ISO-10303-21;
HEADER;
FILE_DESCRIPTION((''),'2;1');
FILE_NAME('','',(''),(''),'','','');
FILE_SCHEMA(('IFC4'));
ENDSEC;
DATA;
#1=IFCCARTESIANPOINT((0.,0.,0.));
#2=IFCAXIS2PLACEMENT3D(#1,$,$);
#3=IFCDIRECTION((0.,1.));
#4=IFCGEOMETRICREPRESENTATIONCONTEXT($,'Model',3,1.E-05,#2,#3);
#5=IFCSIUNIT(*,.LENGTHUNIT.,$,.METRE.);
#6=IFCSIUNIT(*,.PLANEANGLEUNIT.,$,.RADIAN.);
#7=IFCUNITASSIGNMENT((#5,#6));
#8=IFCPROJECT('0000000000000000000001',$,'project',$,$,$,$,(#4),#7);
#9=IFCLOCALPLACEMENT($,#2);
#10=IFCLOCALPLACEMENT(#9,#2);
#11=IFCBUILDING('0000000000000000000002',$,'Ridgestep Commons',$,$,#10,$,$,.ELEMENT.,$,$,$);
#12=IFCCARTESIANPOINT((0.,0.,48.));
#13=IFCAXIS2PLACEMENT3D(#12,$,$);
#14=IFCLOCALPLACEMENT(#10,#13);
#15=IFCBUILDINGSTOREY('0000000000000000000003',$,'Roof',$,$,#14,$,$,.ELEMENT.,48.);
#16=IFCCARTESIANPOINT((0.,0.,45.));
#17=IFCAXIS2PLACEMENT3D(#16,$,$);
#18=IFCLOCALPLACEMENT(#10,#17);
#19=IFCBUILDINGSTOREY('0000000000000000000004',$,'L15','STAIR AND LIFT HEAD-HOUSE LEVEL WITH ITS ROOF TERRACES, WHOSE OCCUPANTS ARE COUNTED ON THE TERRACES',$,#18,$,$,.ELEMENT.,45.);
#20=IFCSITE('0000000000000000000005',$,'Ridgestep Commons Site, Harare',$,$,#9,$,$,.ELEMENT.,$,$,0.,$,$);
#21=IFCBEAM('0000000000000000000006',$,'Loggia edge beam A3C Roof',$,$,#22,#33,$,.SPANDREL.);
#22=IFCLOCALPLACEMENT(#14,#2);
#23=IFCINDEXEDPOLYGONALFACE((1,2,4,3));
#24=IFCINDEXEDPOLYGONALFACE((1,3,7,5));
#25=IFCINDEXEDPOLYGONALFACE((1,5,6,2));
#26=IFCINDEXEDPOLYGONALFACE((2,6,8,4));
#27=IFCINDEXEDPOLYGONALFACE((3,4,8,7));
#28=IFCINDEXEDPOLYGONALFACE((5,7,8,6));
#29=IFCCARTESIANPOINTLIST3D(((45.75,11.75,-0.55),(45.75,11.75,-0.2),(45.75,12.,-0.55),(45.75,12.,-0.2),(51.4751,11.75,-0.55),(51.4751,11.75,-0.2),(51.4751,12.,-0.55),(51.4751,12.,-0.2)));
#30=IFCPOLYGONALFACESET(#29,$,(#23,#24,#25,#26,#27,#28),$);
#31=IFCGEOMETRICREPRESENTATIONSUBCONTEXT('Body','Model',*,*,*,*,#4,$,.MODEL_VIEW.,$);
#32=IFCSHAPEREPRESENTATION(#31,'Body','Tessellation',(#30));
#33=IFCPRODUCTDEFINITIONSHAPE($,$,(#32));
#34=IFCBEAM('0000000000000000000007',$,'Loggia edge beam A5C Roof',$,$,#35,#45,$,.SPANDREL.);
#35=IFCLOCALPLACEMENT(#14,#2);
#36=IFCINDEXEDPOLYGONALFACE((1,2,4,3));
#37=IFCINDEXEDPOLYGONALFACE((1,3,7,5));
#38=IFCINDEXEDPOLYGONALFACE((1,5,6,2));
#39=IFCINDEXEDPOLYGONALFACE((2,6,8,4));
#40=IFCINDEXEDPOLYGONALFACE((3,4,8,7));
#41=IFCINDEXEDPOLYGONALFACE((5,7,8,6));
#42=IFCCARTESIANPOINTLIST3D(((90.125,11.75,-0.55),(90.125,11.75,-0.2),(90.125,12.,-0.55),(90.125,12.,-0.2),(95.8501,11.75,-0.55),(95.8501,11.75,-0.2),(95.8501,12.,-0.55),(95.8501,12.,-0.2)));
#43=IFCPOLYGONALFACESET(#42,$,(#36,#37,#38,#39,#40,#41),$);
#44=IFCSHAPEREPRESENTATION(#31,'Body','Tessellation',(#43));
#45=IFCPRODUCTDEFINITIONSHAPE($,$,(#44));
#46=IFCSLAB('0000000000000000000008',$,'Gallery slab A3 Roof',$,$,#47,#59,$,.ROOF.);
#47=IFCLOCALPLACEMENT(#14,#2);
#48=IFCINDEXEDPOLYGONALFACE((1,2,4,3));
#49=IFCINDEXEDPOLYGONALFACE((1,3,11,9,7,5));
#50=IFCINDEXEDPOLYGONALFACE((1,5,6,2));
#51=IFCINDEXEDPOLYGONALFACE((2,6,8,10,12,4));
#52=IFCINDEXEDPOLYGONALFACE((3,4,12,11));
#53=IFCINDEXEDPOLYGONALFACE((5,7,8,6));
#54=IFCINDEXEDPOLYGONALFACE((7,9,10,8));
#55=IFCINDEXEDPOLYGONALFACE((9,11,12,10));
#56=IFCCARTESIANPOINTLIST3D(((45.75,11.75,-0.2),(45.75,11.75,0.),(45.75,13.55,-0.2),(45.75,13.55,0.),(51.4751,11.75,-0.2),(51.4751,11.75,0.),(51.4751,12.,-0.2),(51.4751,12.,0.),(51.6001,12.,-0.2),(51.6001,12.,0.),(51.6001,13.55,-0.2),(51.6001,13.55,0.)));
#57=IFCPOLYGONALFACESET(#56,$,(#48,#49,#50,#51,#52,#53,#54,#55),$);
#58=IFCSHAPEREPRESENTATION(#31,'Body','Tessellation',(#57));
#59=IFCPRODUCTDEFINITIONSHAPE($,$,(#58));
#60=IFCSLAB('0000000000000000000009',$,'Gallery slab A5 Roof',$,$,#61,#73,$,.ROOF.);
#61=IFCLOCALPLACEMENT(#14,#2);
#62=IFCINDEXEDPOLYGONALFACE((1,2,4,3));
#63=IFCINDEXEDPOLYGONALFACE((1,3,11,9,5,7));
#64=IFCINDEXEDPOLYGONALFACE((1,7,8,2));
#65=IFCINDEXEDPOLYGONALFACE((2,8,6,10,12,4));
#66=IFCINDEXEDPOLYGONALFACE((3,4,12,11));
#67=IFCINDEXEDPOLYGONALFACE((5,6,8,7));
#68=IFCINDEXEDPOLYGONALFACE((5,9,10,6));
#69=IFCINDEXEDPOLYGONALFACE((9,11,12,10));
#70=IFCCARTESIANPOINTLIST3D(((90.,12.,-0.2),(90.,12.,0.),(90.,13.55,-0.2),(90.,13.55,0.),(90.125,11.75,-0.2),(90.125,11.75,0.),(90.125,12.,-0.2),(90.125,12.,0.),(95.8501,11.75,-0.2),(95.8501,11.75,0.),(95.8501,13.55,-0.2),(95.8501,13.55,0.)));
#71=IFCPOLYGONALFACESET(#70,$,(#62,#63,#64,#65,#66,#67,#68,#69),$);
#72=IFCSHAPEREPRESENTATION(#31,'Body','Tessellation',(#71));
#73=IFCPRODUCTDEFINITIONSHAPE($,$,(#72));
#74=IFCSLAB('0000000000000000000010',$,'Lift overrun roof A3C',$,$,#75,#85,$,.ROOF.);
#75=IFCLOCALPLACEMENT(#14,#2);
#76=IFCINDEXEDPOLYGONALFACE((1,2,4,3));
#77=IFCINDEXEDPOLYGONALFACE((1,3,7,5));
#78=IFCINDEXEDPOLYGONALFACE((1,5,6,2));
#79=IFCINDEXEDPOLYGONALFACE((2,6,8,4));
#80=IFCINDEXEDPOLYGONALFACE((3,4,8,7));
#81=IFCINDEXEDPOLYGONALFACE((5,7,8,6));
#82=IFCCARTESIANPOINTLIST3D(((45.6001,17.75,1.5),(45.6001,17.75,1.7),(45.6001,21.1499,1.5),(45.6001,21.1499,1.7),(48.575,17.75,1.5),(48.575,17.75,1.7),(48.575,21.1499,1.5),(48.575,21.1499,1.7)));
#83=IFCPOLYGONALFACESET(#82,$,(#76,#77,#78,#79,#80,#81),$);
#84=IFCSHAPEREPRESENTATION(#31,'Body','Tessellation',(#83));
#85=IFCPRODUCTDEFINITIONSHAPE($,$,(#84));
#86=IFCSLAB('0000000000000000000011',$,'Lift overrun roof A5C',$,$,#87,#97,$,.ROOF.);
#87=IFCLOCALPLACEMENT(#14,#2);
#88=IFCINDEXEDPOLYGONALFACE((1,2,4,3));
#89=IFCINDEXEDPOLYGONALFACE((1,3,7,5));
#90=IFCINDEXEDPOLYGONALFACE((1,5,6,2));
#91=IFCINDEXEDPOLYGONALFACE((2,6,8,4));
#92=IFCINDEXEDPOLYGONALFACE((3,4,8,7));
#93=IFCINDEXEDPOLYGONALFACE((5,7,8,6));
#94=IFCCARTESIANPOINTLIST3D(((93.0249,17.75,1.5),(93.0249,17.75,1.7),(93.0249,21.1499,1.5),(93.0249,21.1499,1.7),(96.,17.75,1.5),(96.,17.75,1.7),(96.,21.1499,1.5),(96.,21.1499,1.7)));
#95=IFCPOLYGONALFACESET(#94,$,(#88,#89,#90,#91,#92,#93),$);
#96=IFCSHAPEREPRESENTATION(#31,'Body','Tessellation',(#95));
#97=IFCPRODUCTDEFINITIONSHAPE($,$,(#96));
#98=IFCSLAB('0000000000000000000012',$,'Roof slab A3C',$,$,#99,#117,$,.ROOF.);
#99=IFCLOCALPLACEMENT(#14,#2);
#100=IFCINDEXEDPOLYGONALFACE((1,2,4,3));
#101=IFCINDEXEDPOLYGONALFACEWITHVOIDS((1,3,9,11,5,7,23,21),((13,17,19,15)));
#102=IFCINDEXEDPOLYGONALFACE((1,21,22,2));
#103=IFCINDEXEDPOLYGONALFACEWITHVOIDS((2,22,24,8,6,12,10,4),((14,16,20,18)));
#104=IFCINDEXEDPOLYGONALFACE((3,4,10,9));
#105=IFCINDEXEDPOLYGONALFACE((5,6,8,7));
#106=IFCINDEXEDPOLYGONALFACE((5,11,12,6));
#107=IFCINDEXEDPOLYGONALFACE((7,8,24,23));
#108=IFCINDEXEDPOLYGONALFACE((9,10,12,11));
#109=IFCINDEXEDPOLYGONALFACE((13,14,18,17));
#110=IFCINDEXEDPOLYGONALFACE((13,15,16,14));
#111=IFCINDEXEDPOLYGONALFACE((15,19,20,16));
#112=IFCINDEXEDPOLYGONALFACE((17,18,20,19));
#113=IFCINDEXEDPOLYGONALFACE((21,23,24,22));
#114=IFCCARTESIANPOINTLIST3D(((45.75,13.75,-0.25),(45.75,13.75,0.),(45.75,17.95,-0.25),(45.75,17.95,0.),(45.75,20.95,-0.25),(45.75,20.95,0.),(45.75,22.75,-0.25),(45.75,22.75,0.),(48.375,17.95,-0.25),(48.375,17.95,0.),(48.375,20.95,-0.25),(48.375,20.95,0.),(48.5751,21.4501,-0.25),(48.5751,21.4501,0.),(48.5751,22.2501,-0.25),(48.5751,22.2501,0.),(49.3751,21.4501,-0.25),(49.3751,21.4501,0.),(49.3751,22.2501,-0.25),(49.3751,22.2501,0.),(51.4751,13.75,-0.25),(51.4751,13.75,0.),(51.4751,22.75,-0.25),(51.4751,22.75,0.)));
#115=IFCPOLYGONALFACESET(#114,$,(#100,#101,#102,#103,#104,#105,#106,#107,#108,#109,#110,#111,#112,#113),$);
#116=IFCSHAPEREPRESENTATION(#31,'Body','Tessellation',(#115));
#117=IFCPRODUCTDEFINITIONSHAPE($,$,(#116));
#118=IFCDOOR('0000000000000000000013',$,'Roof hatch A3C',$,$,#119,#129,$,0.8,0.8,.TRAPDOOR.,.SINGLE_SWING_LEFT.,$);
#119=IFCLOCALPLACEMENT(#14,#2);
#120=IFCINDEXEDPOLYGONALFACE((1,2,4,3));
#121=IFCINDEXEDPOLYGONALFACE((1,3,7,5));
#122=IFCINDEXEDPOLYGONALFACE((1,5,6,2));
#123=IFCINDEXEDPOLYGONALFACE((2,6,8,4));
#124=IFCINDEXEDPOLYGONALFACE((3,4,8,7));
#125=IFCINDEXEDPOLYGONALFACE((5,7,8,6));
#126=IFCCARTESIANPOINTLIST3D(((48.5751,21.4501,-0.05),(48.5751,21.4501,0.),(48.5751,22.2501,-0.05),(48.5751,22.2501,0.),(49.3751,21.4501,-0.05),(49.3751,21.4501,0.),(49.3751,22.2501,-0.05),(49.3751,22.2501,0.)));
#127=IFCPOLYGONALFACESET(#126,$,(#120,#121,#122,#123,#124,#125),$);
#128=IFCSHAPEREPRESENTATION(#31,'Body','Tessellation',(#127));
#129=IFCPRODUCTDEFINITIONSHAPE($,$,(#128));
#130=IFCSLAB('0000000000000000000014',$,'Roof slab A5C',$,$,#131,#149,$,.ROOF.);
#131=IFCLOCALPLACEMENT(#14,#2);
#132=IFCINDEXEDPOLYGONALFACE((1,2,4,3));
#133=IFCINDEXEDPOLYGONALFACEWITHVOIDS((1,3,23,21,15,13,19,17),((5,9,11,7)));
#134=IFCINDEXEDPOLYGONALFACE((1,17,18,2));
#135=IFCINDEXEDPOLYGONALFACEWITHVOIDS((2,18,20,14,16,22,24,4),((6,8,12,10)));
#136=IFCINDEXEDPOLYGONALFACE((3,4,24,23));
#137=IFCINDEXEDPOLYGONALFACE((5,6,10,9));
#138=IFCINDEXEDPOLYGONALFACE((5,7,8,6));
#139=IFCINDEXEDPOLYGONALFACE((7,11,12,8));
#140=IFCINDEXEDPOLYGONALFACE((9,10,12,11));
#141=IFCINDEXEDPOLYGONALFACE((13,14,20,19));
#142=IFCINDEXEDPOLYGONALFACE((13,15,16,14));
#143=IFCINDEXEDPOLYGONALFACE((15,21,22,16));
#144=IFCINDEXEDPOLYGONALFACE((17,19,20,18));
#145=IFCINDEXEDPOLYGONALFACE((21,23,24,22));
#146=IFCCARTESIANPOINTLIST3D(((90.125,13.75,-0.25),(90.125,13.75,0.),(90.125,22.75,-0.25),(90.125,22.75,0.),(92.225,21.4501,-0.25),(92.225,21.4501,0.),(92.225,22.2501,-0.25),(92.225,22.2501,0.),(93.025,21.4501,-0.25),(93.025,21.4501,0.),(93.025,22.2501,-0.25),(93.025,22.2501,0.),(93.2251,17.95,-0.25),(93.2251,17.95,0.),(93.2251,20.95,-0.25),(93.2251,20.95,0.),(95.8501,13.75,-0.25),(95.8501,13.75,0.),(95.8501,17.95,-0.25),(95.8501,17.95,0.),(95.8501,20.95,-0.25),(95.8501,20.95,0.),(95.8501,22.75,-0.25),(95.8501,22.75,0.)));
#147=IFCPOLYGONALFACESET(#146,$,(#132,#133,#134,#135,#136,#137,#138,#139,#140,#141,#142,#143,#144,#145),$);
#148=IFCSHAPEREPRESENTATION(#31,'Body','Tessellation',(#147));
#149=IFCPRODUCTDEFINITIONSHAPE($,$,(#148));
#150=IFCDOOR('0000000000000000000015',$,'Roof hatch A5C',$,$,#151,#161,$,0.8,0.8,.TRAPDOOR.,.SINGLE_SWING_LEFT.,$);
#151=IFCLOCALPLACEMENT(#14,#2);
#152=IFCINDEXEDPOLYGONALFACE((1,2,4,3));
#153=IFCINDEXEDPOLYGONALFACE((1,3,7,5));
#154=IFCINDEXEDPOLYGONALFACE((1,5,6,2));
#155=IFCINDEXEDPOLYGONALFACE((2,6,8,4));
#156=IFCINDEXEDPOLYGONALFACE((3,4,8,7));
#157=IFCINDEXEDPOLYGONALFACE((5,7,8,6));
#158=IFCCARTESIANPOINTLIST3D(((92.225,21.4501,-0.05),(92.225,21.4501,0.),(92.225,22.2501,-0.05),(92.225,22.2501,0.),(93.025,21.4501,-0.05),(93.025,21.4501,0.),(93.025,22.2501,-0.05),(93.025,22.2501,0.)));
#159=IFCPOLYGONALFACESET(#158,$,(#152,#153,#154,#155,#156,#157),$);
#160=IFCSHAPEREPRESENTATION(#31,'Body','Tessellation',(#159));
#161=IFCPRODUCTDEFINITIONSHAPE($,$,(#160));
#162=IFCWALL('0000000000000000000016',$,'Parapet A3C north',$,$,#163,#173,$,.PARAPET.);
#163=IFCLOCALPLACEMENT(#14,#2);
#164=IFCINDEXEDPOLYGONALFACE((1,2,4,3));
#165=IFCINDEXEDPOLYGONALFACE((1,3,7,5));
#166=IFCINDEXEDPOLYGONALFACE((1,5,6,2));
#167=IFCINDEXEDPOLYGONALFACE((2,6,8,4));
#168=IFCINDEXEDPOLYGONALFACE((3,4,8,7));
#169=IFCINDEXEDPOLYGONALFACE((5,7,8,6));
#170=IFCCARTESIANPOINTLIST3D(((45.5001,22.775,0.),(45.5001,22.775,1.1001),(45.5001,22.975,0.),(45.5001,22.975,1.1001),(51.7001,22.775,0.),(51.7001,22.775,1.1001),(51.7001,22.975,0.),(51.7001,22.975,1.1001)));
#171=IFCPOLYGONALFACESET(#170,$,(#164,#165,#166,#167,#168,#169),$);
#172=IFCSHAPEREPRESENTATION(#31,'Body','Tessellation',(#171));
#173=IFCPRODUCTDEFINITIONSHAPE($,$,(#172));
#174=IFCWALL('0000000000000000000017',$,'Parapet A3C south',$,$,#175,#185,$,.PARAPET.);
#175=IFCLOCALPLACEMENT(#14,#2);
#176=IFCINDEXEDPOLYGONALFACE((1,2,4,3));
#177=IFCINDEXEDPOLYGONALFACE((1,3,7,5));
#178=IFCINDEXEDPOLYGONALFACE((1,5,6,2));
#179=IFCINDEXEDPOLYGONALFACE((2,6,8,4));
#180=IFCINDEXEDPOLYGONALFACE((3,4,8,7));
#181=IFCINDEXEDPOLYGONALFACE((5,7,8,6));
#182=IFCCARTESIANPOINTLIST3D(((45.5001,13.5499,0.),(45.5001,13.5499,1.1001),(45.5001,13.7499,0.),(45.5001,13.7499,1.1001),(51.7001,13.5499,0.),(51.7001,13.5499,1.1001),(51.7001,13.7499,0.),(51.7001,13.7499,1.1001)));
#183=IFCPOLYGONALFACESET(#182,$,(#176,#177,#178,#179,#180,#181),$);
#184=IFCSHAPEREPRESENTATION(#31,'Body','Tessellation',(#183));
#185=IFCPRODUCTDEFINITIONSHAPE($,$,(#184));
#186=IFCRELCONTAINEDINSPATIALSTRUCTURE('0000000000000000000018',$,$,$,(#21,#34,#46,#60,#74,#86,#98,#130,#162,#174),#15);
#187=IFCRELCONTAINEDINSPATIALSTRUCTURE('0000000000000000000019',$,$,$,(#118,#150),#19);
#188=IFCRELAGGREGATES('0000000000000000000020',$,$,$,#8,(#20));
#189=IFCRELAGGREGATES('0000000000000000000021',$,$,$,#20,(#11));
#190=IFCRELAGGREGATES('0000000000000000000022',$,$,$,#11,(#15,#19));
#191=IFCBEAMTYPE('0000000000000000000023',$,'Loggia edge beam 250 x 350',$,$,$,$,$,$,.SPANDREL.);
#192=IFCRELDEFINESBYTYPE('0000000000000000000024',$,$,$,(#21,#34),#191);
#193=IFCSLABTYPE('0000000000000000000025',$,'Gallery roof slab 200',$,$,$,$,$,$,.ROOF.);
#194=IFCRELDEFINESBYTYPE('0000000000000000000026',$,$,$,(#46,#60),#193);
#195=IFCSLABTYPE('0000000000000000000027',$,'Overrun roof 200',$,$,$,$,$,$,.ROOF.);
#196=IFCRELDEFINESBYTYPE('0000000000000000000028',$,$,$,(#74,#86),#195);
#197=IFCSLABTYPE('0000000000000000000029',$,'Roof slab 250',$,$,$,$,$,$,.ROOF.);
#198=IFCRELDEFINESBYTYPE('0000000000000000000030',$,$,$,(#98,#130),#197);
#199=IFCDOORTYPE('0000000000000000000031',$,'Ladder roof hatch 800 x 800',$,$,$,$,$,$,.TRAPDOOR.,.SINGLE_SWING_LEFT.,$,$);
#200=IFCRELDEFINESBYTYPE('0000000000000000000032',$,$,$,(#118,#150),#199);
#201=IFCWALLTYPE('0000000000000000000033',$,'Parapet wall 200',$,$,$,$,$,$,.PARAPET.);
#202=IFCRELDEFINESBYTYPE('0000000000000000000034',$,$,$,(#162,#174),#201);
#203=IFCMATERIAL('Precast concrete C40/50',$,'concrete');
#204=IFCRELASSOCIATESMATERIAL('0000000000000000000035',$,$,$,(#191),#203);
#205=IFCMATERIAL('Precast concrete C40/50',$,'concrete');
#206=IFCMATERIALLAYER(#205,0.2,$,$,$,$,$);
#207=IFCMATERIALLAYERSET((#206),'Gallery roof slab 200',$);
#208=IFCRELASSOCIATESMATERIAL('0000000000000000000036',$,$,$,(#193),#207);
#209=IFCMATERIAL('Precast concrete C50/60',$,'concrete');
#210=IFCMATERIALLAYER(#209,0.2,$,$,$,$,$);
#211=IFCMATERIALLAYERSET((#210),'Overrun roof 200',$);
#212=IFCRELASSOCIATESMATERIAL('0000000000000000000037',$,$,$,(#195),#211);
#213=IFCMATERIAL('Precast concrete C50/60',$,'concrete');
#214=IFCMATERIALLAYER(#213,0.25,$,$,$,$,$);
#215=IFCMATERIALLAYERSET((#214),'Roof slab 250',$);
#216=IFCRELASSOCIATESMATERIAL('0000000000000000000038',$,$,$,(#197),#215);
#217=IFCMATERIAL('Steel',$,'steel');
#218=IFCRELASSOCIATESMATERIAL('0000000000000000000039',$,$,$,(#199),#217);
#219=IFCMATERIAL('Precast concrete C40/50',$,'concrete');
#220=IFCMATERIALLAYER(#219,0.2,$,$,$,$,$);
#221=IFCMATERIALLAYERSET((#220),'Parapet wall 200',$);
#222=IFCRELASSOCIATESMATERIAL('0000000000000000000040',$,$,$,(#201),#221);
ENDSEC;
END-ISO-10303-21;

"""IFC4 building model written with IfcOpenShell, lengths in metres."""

from ifc_helpers import new_model, si_unit, direction, frame, frame_2d, origin, origin_2d, place, context, subcontext, project, spatial, polyline, rectangle, outline, extrude, material, layer, layer_set, material_profile, profile_set, type_object, element, fill, save


model = new_model("IFC4")

# Units and contexts
model_context = context("Model", 3, precision=1e-05, world=origin(), true_north=direction((0.0, 1.0)))
body_context = subcontext(model_context, "Body", "Model", "MODEL_VIEW")
ifc_project = project(units=[si_unit("LENGTHUNIT", "METRE"), si_unit("PLANEANGLEUNIT", "RADIAN")], contexts=[model_context])

# Site, building, storey
site_placement = place(None, origin())
site = spatial("IfcSite", under=ifc_project, at=site_placement, Name="Ridgestep Commons Site, Harare", CompositionType="ELEMENT", RefElevation=0.0)
building_placement = place(site_placement, origin())
building = spatial("IfcBuilding", under=site, at=building_placement, Name="Ridgestep Commons", CompositionType="ELEMENT")
storey_1_placement = place(building_placement, frame((0.0, 0.0, 48.0)))
storey_1 = spatial("IfcBuildingStorey", under=building, at=storey_1_placement, Name="Roof", CompositionType="ELEMENT", Elevation=48.0)

# Beams
ifc_material_1 = material(Name="Precast concrete C40/50", Category="concrete")
ifc_material_profile = material_profile(ifc_material_1, rectangle(XDim=0.25, YDim=0.3501, at=origin_2d()), Name="PC 250x350")
ifc_profile_set = profile_set([ifc_material_profile], Name="Precast concrete C40/50")
beam_type = type_object("IfcBeamType", Name="Loggia edge beam 250 x 350", PredefinedType="SPANDREL", material=ifc_profile_set)
for number, where, z_axis, x_axis, name in (
    (1, (45.75, 11.875, -0.375), (1.0, 0.0, 0.0), (0.0, 1.0, 0.0), "Loggia edge beam A3C Roof"),
    (2, (90.125, 11.875, -0.375), (1.0, 0.0, 0.0), (0.0, 1.0, 0.0), "Loggia edge beam A5C Roof"),
):
    element("IfcBeam", number, at=place(storey_1_placement, frame(where, z_axis=z_axis, x_axis=x_axis)), inside=storey_1, type_object=beam_type, Name=name, PredefinedType="SPANDREL", context=body_context, shape_type="SweptSolid", body=[
        extrude(rectangle(XDim=0.25, YDim=0.3501, at=origin_2d()), origin(), (0.0, 0.0, 1.0), 5.7251),
    ])

# Slabs
ifc_material_2 = material(Name="Precast concrete C40/50", Category="concrete")
ifc_layer_1 = layer(ifc_material_2, 0.2)
ifc_layer_set_1 = layer_set([ifc_layer_1], Name="Gallery roof slab 200")
slab_type_1 = type_object("IfcSlabType", Name="Gallery roof slab 200", PredefinedType="ROOF", material=ifc_layer_set_1)
slab_1_placement = place(storey_1_placement, frame((0.0, 0.0, -0.2)))
element("IfcSlab", 3, at=slab_1_placement, inside=storey_1, type_object=slab_type_1, Name="Gallery slab A3 Roof", PredefinedType="ROOF", context=body_context, shape_type="SweptSolid", body=[
    extrude(outline(polyline([(45.75, 11.75), (51.4751, 11.75), (51.4751, 12.0), (51.6001, 12.0), (51.6001, 13.55), (45.75, 13.55), (45.75, 11.75)])), origin(), (0.0, 0.0, 1.0), 0.2),
])
slab_2_placement = place(storey_1_placement, frame((0.0, 0.0, -0.2)))
element("IfcSlab", 4, at=slab_2_placement, inside=storey_1, type_object=slab_type_1, Name="Gallery slab A5 Roof", PredefinedType="ROOF", context=body_context, shape_type="SweptSolid", body=[
    extrude(outline(polyline([(90.0, 13.55), (90.0, 12.0), (90.125, 12.0), (90.125, 11.75), (95.8501, 11.75), (95.8501, 13.55), (90.0, 13.55)])), origin(), (0.0, 0.0, 1.0), 0.2),
])
ifc_material_3 = material(Name="Precast concrete C50/60", Category="concrete")
ifc_layer_2 = layer(ifc_material_3, 0.2)
ifc_layer_set_2 = layer_set([ifc_layer_2], Name="Overrun roof 200")
slab_type_2 = type_object("IfcSlabType", Name="Overrun roof 200", PredefinedType="ROOF", material=ifc_layer_set_2)
slab_3_placement = place(storey_1_placement, frame((0.0, 0.0, 1.5)))
element("IfcSlab", 5, at=slab_3_placement, inside=storey_1, type_object=slab_type_2, Name="Lift overrun roof A3C", PredefinedType="ROOF", context=body_context, shape_type="SweptSolid", body=[
    extrude(outline(polyline([(48.575, 17.75), (48.575, 21.1499), (45.6001, 21.1499), (45.6001, 17.75), (48.575, 17.75)])), origin(), (0.0, 0.0, 1.0), 0.2),
])
slab_4_placement = place(storey_1_placement, frame((0.0, 0.0, 1.5)))
element("IfcSlab", 6, at=slab_4_placement, inside=storey_1, type_object=slab_type_2, Name="Lift overrun roof A5C", PredefinedType="ROOF", context=body_context, shape_type="SweptSolid", body=[
    extrude(outline(polyline([(96.0, 17.75), (96.0, 21.1499), (93.0249, 21.1499), (93.0249, 17.75), (96.0, 17.75)])), origin(), (0.0, 0.0, 1.0), 0.2),
])

# Slab, opening
ifc_material_4 = material(Name="Precast concrete C50/60", Category="concrete")
ifc_layer_3 = layer(ifc_material_4, 0.25)
ifc_layer_set_3 = layer_set([ifc_layer_3], Name="Roof slab 250")
slab_type_3 = type_object("IfcSlabType", Name="Roof slab 250", PredefinedType="ROOF", material=ifc_layer_set_3)
slab_5_placement = place(storey_1_placement, frame((0.0, 0.0, -0.25)))
slab_5 = element("IfcSlab", 7, at=slab_5_placement, inside=storey_1, type_object=slab_type_3, Name="Roof slab A3C", PredefinedType="ROOF", context=body_context, shape_type="SweptSolid", body=[
    extrude(outline(polyline([(45.75, 22.75), (45.75, 20.95), (48.375, 20.95), (48.375, 17.95), (45.75, 17.95), (45.75, 13.75), (51.4751, 13.75), (51.4751, 22.75), (45.75, 22.75)])), origin(), (0.0, 0.0, 1.0), 0.25),
])
opening_1_placement = place(slab_5_placement, frame((48.9751, 21.8501, 0.0)))
opening_1 = element("IfcOpeningElement", 8, at=opening_1_placement, cuts=slab_5, PredefinedType="OPENING", context=body_context, shape_type="SweptSolid", body=[
    extrude(rectangle(XDim=0.8, YDim=0.8, at=origin_2d()), origin(), (0.0, 0.0, 1.0), 0.25),
])

# Shared definitions
storey_2_placement = place(building_placement, frame((0.0, 0.0, 45.0)))
storey_2 = spatial("IfcBuildingStorey", under=building, at=storey_2_placement, Name="L15", Description="STAIR AND LIFT HEAD-HOUSE LEVEL WITH ITS ROOF TERRACES, WHOSE OCCUPANTS ARE COUNTED ON THE TERRACES", CompositionType="ELEMENT", Elevation=45.0)

# Door
ifc_material_5 = material(Name="Steel", Category="steel")
door_type = type_object("IfcDoorType", Name="Ladder roof hatch 800 x 800", OperationType="SINGLE_SWING_LEFT", PredefinedType="TRAPDOOR", material=ifc_material_5)
door_1_placement = place(opening_1_placement, frame((0.0, 0.0, 0.2)))
door_1 = element("IfcDoor", 9, at=door_1_placement, inside=storey_2, type_object=door_type, Name="Roof hatch A3C", OperationType="SINGLE_SWING_LEFT", OverallHeight=0.8, OverallWidth=0.8, PredefinedType="TRAPDOOR", context=body_context, shape_type="SweptSolid", body=[
    extrude(rectangle(XDim=0.8, YDim=0.8, at=origin_2d()), origin(), (0.0, 0.0, 1.0), 0.05),
])
fill(opening_1, door_1)

# Slab, opening, door
slab_6_placement = place(storey_1_placement, frame((0.0, 0.0, -0.25)))
slab_6 = element("IfcSlab", 10, at=slab_6_placement, inside=storey_1, type_object=slab_type_3, Name="Roof slab A5C", PredefinedType="ROOF", context=body_context, shape_type="SweptSolid", body=[
    extrude(outline(polyline([(95.8501, 13.75), (95.8501, 17.95), (93.2251, 17.95), (93.2251, 20.95), (95.8501, 20.95), (95.8501, 22.75), (90.125, 22.75), (90.125, 13.75), (95.8501, 13.75)])), origin(), (0.0, 0.0, 1.0), 0.25),
])
opening_2_placement = place(slab_6_placement, frame((92.625, 21.8501, 0.0)))
opening_2 = element("IfcOpeningElement", 11, at=opening_2_placement, cuts=slab_6, PredefinedType="OPENING", context=body_context, shape_type="SweptSolid", body=[
    extrude(rectangle(XDim=0.8, YDim=0.8, at=origin_2d()), origin(), (0.0, 0.0, 1.0), 0.25),
])
door_2_placement = place(opening_2_placement, frame((0.0, 0.0, 0.2)))
door_2 = element("IfcDoor", 12, at=door_2_placement, inside=storey_2, type_object=door_type, Name="Roof hatch A5C", OperationType="SINGLE_SWING_LEFT", OverallHeight=0.8, OverallWidth=0.8, PredefinedType="TRAPDOOR", context=body_context, shape_type="SweptSolid", body=[
    extrude(rectangle(XDim=0.8, YDim=0.8, at=origin_2d()), origin(), (0.0, 0.0, 1.0), 0.05),
])
fill(opening_2, door_2)

# Walls
ifc_material_6 = material(Name="Precast concrete C40/50", Category="concrete")
ifc_layer_4 = layer(ifc_material_6, 0.2)
ifc_layer_set_4 = layer_set([ifc_layer_4], Name="Parapet wall 200")
wall_type = type_object("IfcWallType", Name="Parapet wall 200", PredefinedType="PARAPET", material=ifc_layer_set_4)
for number, where, z_axis, x_axis, name in (
    (13, (45.5, 22.875, 0.0), (0.0, 0.0, 1.0), (1.0, 0.0, 0.0), "Parapet A3C north"),
    (14, (45.5, 13.6499, 0.0), (0.0, 0.0, 1.0), (1.0, 0.0, 0.0), "Parapet A3C south"),
):
    element("IfcWall", number, at=place(storey_1_placement, frame(where, z_axis=z_axis, x_axis=x_axis)), inside=storey_1, type_object=wall_type, Name=name, PredefinedType="PARAPET", context=body_context, shape_type="SweptSolid", body=[
        extrude(rectangle(XDim=6.2, YDim=0.2, at=frame_2d((3.1001, 0.0))), origin(), (0.0, 0.0, 1.0), 1.1001),
    ])

save(model, "model.ifc")
